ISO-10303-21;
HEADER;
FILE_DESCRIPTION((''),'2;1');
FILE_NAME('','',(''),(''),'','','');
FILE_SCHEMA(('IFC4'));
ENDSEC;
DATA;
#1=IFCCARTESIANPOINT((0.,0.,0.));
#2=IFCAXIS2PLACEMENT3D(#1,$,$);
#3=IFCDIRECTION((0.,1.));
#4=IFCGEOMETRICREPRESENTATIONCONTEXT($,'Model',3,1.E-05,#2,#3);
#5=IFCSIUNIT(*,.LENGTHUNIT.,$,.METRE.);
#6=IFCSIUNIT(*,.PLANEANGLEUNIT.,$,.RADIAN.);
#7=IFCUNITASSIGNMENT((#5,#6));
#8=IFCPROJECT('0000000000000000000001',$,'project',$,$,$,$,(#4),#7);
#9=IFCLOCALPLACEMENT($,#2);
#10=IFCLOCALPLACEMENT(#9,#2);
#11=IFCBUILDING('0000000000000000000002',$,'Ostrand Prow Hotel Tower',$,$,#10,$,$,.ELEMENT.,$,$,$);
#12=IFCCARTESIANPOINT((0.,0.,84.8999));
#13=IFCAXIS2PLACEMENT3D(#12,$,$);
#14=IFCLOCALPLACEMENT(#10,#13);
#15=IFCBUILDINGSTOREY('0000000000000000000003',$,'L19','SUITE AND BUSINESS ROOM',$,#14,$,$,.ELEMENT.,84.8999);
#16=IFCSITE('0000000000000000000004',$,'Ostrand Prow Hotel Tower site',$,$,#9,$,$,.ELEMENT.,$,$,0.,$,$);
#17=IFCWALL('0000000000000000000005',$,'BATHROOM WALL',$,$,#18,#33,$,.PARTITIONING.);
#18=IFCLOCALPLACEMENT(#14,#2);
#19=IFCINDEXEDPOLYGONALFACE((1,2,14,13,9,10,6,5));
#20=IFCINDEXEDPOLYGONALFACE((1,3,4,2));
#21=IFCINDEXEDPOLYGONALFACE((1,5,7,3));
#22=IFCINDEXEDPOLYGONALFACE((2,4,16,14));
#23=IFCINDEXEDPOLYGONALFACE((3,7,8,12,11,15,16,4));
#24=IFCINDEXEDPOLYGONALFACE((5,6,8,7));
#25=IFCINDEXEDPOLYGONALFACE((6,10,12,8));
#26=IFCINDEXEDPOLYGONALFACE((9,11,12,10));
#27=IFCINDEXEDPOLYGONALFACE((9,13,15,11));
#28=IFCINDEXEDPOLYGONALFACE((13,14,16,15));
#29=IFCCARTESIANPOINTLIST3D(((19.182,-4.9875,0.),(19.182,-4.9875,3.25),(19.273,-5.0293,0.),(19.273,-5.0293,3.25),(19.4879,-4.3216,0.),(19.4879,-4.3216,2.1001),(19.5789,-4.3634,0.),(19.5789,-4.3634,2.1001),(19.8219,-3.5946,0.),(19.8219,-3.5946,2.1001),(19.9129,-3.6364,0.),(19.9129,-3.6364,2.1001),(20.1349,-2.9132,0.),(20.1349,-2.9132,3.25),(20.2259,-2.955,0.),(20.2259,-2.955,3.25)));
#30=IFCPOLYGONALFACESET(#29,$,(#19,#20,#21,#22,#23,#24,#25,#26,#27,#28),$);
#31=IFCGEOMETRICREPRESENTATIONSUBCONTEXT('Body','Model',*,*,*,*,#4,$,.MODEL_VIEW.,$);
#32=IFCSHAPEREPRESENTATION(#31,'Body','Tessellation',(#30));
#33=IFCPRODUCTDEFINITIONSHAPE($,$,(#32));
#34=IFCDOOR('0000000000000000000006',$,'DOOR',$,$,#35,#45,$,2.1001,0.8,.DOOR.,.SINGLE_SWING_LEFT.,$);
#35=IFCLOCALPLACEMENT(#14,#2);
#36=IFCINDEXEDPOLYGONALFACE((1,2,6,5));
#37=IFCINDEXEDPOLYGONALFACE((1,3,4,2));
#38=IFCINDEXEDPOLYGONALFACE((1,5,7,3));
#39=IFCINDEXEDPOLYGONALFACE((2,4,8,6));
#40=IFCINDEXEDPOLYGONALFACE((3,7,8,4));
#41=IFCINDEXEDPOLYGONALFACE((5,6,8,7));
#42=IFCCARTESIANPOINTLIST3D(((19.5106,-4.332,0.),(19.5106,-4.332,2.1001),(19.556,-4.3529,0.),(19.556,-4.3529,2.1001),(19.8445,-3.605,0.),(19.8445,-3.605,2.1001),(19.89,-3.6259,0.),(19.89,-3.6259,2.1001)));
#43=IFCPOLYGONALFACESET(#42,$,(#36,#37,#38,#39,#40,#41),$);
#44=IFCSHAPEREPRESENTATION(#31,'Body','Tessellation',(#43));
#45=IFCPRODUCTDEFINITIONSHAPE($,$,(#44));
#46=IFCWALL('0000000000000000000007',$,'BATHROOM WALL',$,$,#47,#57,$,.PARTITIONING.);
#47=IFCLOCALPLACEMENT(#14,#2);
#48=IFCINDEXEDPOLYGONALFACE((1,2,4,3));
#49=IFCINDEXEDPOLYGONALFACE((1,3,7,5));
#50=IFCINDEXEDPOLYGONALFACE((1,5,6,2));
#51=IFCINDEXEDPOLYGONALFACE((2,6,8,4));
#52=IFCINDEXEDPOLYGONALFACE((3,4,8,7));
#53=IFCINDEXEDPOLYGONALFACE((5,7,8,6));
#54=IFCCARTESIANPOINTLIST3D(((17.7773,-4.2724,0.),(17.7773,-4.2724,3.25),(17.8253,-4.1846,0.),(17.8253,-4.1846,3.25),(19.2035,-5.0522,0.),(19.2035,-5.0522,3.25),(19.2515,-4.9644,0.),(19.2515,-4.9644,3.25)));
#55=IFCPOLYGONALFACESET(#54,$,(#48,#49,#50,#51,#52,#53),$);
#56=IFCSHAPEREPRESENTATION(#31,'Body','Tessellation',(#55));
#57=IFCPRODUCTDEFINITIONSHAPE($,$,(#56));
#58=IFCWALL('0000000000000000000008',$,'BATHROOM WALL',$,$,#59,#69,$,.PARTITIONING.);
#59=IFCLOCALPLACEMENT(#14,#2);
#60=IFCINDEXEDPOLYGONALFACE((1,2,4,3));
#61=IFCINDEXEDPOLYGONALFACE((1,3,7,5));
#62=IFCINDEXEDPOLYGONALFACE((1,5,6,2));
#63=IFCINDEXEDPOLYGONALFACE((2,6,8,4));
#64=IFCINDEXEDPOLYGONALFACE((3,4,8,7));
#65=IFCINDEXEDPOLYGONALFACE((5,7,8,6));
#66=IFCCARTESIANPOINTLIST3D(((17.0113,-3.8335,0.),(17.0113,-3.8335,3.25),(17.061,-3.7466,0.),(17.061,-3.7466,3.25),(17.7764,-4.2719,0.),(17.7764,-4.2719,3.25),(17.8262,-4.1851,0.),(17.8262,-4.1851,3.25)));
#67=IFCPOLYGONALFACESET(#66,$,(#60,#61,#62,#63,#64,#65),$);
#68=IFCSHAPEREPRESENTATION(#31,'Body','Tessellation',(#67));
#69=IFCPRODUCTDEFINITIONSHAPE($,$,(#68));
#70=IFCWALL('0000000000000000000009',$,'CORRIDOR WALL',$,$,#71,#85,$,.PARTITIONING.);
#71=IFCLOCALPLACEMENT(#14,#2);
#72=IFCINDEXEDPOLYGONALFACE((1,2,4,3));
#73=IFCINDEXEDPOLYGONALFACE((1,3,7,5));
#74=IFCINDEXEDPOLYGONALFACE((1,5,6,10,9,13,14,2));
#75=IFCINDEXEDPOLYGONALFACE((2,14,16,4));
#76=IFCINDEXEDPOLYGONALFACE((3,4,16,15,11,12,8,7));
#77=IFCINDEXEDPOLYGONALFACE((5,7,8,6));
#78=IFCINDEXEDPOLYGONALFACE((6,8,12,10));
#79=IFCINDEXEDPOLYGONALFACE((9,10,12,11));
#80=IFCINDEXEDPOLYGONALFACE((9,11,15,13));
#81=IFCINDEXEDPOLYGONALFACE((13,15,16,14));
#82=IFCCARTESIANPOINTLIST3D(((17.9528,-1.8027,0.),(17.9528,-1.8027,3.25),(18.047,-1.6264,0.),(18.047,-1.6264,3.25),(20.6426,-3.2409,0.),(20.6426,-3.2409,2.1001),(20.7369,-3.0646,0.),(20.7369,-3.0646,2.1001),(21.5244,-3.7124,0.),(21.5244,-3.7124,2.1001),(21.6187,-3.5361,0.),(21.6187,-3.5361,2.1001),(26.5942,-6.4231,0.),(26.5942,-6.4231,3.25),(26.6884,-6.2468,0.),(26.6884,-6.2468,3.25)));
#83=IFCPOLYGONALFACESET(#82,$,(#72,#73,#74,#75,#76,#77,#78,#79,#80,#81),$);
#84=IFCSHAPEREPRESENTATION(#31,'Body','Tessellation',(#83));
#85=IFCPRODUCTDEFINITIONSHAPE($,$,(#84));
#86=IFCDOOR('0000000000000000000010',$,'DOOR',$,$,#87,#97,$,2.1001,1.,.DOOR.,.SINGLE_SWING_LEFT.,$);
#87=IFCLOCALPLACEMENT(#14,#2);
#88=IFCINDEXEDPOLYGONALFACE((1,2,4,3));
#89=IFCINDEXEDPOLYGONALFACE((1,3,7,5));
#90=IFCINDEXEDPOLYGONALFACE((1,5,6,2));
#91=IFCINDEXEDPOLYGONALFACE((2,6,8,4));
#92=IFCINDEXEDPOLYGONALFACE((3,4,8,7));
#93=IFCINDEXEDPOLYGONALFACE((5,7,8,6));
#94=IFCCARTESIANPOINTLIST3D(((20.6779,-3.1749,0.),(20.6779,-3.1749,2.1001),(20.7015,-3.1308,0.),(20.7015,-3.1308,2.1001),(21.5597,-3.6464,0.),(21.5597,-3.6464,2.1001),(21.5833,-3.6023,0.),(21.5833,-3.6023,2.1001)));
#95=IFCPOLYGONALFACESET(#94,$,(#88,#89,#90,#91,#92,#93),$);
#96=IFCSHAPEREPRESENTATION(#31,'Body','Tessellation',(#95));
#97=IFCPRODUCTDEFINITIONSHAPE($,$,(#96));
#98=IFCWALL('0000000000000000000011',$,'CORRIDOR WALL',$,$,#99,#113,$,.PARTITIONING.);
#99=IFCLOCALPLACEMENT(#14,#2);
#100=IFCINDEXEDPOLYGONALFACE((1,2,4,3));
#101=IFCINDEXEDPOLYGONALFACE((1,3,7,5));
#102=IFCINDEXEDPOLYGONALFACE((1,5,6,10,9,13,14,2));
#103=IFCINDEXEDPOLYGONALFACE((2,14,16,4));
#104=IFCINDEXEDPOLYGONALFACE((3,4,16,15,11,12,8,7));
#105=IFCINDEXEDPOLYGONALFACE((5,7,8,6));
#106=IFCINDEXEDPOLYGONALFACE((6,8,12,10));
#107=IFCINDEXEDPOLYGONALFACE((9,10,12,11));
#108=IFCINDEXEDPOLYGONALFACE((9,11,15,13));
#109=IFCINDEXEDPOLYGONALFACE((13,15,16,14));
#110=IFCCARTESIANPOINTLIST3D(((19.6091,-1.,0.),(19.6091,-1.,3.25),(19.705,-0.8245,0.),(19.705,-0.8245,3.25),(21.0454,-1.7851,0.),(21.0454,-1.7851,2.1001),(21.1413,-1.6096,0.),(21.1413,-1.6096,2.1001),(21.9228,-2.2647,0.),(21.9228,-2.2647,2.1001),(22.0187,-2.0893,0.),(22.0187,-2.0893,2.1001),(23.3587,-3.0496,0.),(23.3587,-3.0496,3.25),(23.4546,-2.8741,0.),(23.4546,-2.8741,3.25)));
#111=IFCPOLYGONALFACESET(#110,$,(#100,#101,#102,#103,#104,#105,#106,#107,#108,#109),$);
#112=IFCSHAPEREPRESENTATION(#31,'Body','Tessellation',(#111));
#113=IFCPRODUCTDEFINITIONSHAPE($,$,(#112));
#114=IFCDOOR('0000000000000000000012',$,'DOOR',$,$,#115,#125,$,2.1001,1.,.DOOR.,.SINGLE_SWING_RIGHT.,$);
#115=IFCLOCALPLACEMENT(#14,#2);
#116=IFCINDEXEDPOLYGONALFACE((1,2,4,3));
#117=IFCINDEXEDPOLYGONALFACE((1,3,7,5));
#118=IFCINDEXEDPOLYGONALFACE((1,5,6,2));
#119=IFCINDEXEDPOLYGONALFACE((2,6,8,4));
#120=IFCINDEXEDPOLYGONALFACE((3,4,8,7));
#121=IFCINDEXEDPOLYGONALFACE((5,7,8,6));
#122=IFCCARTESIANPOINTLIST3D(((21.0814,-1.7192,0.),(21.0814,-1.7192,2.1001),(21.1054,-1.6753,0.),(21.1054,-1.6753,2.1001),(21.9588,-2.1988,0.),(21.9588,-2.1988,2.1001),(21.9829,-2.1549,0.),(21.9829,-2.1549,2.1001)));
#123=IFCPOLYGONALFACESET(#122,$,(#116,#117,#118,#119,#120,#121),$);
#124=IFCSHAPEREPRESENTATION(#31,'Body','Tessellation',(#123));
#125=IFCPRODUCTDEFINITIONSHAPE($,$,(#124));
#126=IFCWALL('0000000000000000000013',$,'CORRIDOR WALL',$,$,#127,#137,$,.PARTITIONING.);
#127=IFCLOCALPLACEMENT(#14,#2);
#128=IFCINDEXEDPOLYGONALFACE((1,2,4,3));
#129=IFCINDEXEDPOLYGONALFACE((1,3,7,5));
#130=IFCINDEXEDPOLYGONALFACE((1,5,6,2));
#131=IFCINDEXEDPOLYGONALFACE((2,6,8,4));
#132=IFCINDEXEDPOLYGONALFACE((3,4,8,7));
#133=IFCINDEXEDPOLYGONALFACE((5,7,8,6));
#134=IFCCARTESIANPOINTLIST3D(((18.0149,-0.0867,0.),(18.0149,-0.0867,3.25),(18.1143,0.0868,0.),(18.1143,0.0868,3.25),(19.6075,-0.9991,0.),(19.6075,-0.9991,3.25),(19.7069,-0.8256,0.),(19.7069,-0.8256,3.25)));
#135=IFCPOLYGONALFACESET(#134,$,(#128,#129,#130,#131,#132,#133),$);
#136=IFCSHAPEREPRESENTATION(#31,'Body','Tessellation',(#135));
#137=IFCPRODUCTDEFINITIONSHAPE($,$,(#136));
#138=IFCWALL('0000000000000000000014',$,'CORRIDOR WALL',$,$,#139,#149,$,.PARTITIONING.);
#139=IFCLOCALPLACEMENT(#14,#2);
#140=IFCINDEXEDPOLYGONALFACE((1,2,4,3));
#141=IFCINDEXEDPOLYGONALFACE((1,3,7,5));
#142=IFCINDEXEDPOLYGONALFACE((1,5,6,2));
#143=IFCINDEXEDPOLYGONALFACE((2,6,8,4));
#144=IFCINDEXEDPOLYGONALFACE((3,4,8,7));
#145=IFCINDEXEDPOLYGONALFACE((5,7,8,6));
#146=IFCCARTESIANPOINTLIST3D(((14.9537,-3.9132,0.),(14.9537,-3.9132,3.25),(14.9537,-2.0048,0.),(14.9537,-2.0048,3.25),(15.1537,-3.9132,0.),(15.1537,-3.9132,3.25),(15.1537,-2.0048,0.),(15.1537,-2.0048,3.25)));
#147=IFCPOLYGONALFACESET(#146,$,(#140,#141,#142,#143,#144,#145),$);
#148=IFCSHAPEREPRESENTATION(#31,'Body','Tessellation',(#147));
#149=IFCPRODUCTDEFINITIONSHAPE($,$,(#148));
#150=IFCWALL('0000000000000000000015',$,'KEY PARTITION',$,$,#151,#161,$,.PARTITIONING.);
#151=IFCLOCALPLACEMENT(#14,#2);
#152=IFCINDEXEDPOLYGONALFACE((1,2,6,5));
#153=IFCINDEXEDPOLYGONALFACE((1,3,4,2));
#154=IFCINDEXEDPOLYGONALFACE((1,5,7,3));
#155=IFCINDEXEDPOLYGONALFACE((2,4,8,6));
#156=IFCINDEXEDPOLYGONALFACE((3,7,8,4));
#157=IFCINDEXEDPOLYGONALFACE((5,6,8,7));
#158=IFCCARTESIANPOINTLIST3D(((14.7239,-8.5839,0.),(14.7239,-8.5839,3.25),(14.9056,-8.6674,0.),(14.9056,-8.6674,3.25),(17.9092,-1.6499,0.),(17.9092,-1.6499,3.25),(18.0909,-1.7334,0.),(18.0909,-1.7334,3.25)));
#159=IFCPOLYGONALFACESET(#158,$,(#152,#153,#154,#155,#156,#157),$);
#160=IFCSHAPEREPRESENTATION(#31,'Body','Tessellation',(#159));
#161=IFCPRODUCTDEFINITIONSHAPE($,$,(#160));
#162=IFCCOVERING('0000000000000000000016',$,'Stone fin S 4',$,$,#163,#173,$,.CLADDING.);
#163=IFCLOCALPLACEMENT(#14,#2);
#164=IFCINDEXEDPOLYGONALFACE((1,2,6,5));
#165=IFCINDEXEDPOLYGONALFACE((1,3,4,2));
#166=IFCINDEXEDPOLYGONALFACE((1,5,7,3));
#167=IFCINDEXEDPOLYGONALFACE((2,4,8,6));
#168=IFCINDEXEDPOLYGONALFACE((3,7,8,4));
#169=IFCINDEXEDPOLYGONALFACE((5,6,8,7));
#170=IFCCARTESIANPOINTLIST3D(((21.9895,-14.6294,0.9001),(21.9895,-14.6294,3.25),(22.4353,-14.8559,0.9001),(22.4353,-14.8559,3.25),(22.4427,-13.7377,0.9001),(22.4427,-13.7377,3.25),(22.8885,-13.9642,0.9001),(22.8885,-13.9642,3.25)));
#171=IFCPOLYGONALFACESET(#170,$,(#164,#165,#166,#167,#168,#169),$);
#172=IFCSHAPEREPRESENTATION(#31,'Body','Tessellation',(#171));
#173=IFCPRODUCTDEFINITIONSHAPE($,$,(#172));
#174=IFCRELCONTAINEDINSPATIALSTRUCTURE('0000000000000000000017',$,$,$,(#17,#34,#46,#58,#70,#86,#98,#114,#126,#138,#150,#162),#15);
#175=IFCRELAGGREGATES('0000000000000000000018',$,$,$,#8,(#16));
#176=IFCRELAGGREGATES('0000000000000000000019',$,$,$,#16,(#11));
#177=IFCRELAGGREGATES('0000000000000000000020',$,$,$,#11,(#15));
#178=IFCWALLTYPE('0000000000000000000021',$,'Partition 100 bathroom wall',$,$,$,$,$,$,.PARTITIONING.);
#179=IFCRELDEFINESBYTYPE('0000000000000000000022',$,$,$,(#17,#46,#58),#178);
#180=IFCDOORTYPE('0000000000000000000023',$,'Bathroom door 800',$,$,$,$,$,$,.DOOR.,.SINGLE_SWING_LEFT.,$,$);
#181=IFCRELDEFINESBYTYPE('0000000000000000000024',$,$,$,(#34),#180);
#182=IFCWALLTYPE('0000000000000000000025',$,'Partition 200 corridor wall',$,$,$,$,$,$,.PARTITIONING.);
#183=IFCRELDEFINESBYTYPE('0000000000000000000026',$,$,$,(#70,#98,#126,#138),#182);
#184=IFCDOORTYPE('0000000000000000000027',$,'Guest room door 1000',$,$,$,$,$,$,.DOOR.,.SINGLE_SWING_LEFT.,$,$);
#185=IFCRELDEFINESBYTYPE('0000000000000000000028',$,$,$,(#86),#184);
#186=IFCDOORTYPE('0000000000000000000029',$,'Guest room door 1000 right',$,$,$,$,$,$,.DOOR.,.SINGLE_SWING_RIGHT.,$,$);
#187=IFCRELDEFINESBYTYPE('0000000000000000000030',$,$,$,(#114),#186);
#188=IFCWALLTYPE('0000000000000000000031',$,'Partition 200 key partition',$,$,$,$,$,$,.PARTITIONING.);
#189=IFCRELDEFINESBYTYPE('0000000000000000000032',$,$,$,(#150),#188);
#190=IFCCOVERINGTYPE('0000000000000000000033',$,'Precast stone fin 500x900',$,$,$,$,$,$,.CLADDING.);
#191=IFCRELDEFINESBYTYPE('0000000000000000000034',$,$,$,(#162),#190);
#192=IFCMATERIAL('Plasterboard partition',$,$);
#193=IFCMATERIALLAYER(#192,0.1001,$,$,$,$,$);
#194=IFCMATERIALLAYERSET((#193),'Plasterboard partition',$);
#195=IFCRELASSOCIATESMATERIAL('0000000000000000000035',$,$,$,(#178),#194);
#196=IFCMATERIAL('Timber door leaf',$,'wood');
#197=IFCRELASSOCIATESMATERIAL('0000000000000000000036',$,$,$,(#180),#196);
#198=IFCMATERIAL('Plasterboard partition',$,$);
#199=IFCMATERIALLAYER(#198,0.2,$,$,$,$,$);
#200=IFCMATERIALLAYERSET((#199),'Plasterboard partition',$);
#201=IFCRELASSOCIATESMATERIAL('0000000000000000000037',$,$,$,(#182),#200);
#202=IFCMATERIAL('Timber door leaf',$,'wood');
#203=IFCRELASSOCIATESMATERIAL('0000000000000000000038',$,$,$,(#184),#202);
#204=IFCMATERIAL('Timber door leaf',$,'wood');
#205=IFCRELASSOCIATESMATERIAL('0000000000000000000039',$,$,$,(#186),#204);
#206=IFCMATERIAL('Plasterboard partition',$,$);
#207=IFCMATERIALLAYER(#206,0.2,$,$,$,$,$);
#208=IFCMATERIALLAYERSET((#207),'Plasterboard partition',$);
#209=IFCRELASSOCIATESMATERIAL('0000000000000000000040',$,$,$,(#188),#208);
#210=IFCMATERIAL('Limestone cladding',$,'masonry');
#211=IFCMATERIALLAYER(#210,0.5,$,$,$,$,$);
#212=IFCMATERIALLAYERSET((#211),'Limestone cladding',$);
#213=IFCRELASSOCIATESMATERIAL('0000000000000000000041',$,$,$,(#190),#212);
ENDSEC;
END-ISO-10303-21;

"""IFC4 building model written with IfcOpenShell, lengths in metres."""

from ifc_helpers import new_model, si_unit, direction, frame, frame_2d, origin, place, context, subcontext, project, spatial, rectangle, extrude, material, layer, layer_set, type_object, element, fill, save


model = new_model("IFC4")

# Units and contexts
model_context = context("Model", 3, precision=1e-05, world=origin(), true_north=direction((0.0, 1.0)))
body_context = subcontext(model_context, "Body", "Model", "MODEL_VIEW")
ifc_project = project(units=[si_unit("LENGTHUNIT", "METRE"), si_unit("PLANEANGLEUNIT", "RADIAN")], contexts=[model_context])

# Site, building, storey
site_placement = place(None, origin())
site = spatial("IfcSite", under=ifc_project, at=site_placement, Name="Ostrand Prow Hotel Tower site", CompositionType="ELEMENT", RefElevation=0.0)
building_placement = place(site_placement, origin())
building = spatial("IfcBuilding", under=site, at=building_placement, Name="Ostrand Prow Hotel Tower", CompositionType="ELEMENT")
storey_placement = place(building_placement, frame((0.0, 0.0, 84.8999)))
storey = spatial("IfcBuildingStorey", under=building, at=storey_placement, Name="L19", Description="SUITE AND BUSINESS ROOM", CompositionType="ELEMENT", Elevation=84.8999)

# Wall, opening, door
ifc_material_1 = material(Name="Plasterboard partition")
ifc_layer_1 = layer(ifc_material_1, 0.1001)
ifc_layer_set_1 = layer_set([ifc_layer_1], Name="Plasterboard partition")
wall_type_1 = type_object("IfcWallType", Name="Partition 100 bathroom wall", PredefinedType="PARTITIONING", material=ifc_layer_set_1)
wall_1_placement = place(storey_placement, frame((20.1804, -2.9341, 0.0), z_axis=(0.0, 0.0, 1.0), x_axis=(-0.41745, -0.9087, 0.0)))
wall_1 = element("IfcWall", 1, at=wall_1_placement, inside=storey, type_object=wall_type_1, Name="BATHROOM WALL", PredefinedType="PARTITIONING", context=body_context, shape_type="SweptSolid", body=[
    extrude(rectangle(XDim=2.2827, YDim=0.1001, at=frame_2d((1.1414, 0.0))), origin(), (0.0, 0.0, 1.0), 3.25),
])
opening_1_placement = place(wall_1_placement, frame((0.75, 0.0, 0.0)))
opening_1 = element("IfcOpeningElement", 2, at=opening_1_placement, cuts=wall_1, PredefinedType="OPENING", context=body_context, shape_type="SweptSolid", body=[
    extrude(rectangle(XDim=0.8, YDim=2.1001, at=frame_2d((0.3999, 1.05))), frame((0.0, 0.0601, 0.0), z_axis=(0.0, -1.0, 0.0), x_axis=(1.0, 0.0, 0.0)), (0.0, 0.0, 1.0), 0.1201),
])
ifc_material_2 = material(Name="Timber door leaf", Category="wood")
door_type_1 = type_object("IfcDoorType", Name="Bathroom door 800", OperationType="SINGLE_SWING_LEFT", PredefinedType="DOOR", material=ifc_material_2)
door_1_placement = place(opening_1_placement, origin())
door_1 = element("IfcDoor", 3, at=door_1_placement, inside=storey, type_object=door_type_1, Name="DOOR", OperationType="SINGLE_SWING_LEFT", OverallHeight=2.1001, OverallWidth=0.8, PredefinedType="DOOR", context=body_context, shape_type="SweptSolid", body=[
    extrude(rectangle(XDim=0.8, YDim=2.1001, at=frame_2d((0.3999, 1.05))), frame((0.0, 0.0249, 0.0), z_axis=(0.0, -1.0, 0.0), x_axis=(1.0, 0.0, 0.0)), (0.0, 0.0, 1.0), 0.05),
])
fill(opening_1, door_1)

# Walls
wall_2_placement = place(storey_placement, frame((19.2275, -5.0083, 0.0), z_axis=(0.0, 0.0, 1.0), x_axis=(-0.877424, 0.479715, 0.0)))
element("IfcWall", 4, at=wall_2_placement, inside=storey, type_object=wall_type_1, Name="BATHROOM WALL", PredefinedType="PARTITIONING", context=body_context, shape_type="SweptSolid", body=[
    extrude(rectangle(XDim=1.6255, YDim=0.1001, at=frame_2d((0.8127, 0.0))), origin(), (0.0, 0.0, 1.0), 3.25),
])
wall_3_placement = place(storey_placement, frame((17.8013, -4.2285, 0.0), z_axis=(0.0, 0.0, 1.0), x_axis=(-0.867629, 0.497212, 0.0)))
element("IfcWall", 5, at=wall_3_placement, inside=storey, type_object=wall_type_1, Name="BATHROOM WALL", PredefinedType="PARTITIONING", context=body_context, shape_type="SweptSolid", body=[
    extrude(rectangle(XDim=0.8818, YDim=0.1001, at=frame_2d((0.4409, 0.0))), origin(), (0.0, 0.0, 1.0), 3.25),
])

# Walls, openings, doors
ifc_material_3 = material(Name="Plasterboard partition")
ifc_layer_2 = layer(ifc_material_3, 0.2)
ifc_layer_set_2 = layer_set([ifc_layer_2], Name="Plasterboard partition")
wall_type_2 = type_object("IfcWallType", Name="Partition 200 corridor wall", PredefinedType="PARTITIONING", material=ifc_layer_set_2)
wall_4_placement = place(storey_placement, frame((18.0, -1.7146, 0.0), z_axis=(0.0, 0.0, 1.0), x_axis=(0.881859, -0.471513, 0.0)))
wall_4 = element("IfcWall", 6, at=wall_4_placement, inside=storey, type_object=wall_type_2, Name="CORRIDOR WALL", PredefinedType="PARTITIONING", context=body_context, shape_type="SweptSolid", body=[
    extrude(rectangle(XDim=9.7991, YDim=0.2, at=frame_2d((4.8994, 0.0))), origin(), (0.0, 0.0, 1.0), 3.25),
])
opening_2_placement = place(wall_4_placement, frame((3.05, 0.0, 0.0)))
opening_2 = element("IfcOpeningElement", 7, at=opening_2_placement, cuts=wall_4, PredefinedType="OPENING", context=body_context, shape_type="SweptSolid", body=[
    extrude(rectangle(XDim=1.0, YDim=2.1001, at=frame_2d((0.5, 1.05))), frame((0.0, 0.1099, 0.0), z_axis=(0.0, -1.0, 0.0), x_axis=(1.0, 0.0, 0.0)), (0.0, 0.0, 1.0), 0.22),
])
ifc_material_4 = material(Name="Timber door leaf", Category="wood")
door_type_2 = type_object("IfcDoorType", Name="Guest room door 1000", OperationType="SINGLE_SWING_LEFT", PredefinedType="DOOR", material=ifc_material_4)
door_2_placement = place(opening_2_placement, origin())
door_2 = element("IfcDoor", 8, at=door_2_placement, inside=storey, type_object=door_type_2, Name="DOOR", OperationType="SINGLE_SWING_LEFT", OverallHeight=2.1001, OverallWidth=1.0, PredefinedType="DOOR", context=body_context, shape_type="SweptSolid", body=[
    extrude(rectangle(XDim=1.0, YDim=2.1001, at=frame_2d((0.5, 1.05))), frame((0.0, 0.0249, 0.0), z_axis=(0.0, -1.0, 0.0), x_axis=(1.0, 0.0, 0.0)), (0.0, 0.0, 1.0), 0.05),
])
fill(opening_2, door_2)
wall_5_placement = place(storey_placement, frame((23.4067, -2.9619, 0.0), z_axis=(0.0, 0.0, 1.0), x_axis=(-0.877465, 0.479641, 0.0)))
wall_5 = element("IfcWall", 9, at=wall_5_placement, inside=storey, type_object=wall_type_2, Name="CORRIDOR WALL", PredefinedType="PARTITIONING", context=body_context, shape_type="SweptSolid", body=[
    extrude(rectangle(XDim=4.2732, YDim=0.2, at=frame_2d((2.1367, 0.0))), origin(), (0.0, 0.0, 1.0), 3.25),
])
opening_3_placement = place(wall_5_placement, frame((1.6365, 0.0, 0.0)))
opening_3 = element("IfcOpeningElement", 10, at=opening_3_placement, cuts=wall_5, PredefinedType="OPENING", context=body_context, shape_type="SweptSolid", body=[
    extrude(rectangle(XDim=1.0, YDim=2.1001, at=frame_2d((0.5, 1.05))), frame((0.0, 0.1099, 0.0), z_axis=(0.0, -1.0, 0.0), x_axis=(1.0, 0.0, 0.0)), (0.0, 0.0, 1.0), 0.22),
])
ifc_material_5 = material(Name="Timber door leaf", Category="wood")
door_type_3 = type_object("IfcDoorType", Name="Guest room door 1000 right", OperationType="SINGLE_SWING_RIGHT", PredefinedType="DOOR", material=ifc_material_5)
door_3_placement = place(opening_3_placement, origin())
door_3 = element("IfcDoor", 11, at=door_3_placement, inside=storey, type_object=door_type_3, Name="DOOR", OperationType="SINGLE_SWING_RIGHT", OverallHeight=2.1001, OverallWidth=1.0, PredefinedType="DOOR", context=body_context, shape_type="SweptSolid", body=[
    extrude(rectangle(XDim=1.0, YDim=2.1001, at=frame_2d((0.5, 1.05))), frame((0.0, 0.0249, 0.0), z_axis=(0.0, -1.0, 0.0), x_axis=(1.0, 0.0, 0.0)), (0.0, 0.0, 1.0), 0.05),
])
fill(opening_3, door_3)

# Walls
wall_6_placement = place(storey_placement, frame((19.6572, -0.9124, 0.0), z_axis=(0.0, 0.0, 1.0), x_axis=(-0.867694, 0.497098, 0.0)))
element("IfcWall", 12, at=wall_6_placement, inside=storey, type_object=wall_type_2, Name="CORRIDOR WALL", PredefinedType="PARTITIONING", context=body_context, shape_type="SweptSolid", body=[
    extrude(rectangle(XDim=1.8354, YDim=0.2, at=frame_2d((0.9177, 0.0))), origin(), (0.0, 0.0, 1.0), 3.25),
])
wall_7_placement = place(storey_placement, frame((15.0537, -2.0049, 0.0), z_axis=(0.0, 0.0, 1.0), x_axis=(0.0, -1.0, 0.0)))
element("IfcWall", 13, at=wall_7_placement, inside=storey, type_object=wall_type_2, Name="CORRIDOR WALL", PredefinedType="PARTITIONING", context=body_context, shape_type="SweptSolid", body=[
    extrude(rectangle(XDim=1.9084, YDim=0.2, at=frame_2d((0.9541, 0.0))), origin(), (0.0, 0.0, 1.0), 3.25),
])
ifc_material_6 = material(Name="Plasterboard partition")
ifc_layer_3 = layer(ifc_material_6, 0.2)
ifc_layer_set_3 = layer_set([ifc_layer_3], Name="Plasterboard partition")
wall_type_3 = type_object("IfcWallType", Name="Partition 200 key partition", PredefinedType="PARTITIONING", material=ifc_layer_set_3)
wall_8_placement = place(storey_placement, frame((14.8147, -8.6257, 0.0), z_axis=(0.0, 0.0, 1.0), x_axis=(0.417432, 0.908708, 0.0)))
element("IfcWall", 14, at=wall_8_placement, inside=storey, type_object=wall_type_3, Name="KEY PARTITION", PredefinedType="PARTITIONING", context=body_context, shape_type="SweptSolid", body=[
    extrude(rectangle(XDim=7.6306, YDim=0.2, at=frame_2d((3.8154, 0.0))), origin(), (0.0, 0.0, 1.0), 3.25),
])

# Covering
ifc_material_7 = material(Name="Limestone cladding", Category="masonry")
ifc_layer_4 = layer(ifc_material_7, 0.5)
ifc_layer_set_4 = layer_set([ifc_layer_4], Name="Limestone cladding")
covering_type = type_object("IfcCoveringType", Name="Precast stone fin 500x900", PredefinedType="CLADDING", material=ifc_layer_set_4)
covering_placement = place(storey_placement, frame((22.6655, -13.8511, 0.9001), z_axis=(0.0, 0.0, 1.0), x_axis=(-0.453063, -0.891479, 0.0)))
element("IfcCovering", 15, at=covering_placement, inside=storey, type_object=covering_type, Name="Stone fin S 4", PredefinedType="CLADDING", context=body_context, shape_type="SweptSolid", body=[
    extrude(rectangle(XDim=1.0002, YDim=0.5, at=frame_2d((0.5, 0.0))), origin(), (0.0, 0.0, 1.0), 2.3499),
])

save(model, "model.ifc")
